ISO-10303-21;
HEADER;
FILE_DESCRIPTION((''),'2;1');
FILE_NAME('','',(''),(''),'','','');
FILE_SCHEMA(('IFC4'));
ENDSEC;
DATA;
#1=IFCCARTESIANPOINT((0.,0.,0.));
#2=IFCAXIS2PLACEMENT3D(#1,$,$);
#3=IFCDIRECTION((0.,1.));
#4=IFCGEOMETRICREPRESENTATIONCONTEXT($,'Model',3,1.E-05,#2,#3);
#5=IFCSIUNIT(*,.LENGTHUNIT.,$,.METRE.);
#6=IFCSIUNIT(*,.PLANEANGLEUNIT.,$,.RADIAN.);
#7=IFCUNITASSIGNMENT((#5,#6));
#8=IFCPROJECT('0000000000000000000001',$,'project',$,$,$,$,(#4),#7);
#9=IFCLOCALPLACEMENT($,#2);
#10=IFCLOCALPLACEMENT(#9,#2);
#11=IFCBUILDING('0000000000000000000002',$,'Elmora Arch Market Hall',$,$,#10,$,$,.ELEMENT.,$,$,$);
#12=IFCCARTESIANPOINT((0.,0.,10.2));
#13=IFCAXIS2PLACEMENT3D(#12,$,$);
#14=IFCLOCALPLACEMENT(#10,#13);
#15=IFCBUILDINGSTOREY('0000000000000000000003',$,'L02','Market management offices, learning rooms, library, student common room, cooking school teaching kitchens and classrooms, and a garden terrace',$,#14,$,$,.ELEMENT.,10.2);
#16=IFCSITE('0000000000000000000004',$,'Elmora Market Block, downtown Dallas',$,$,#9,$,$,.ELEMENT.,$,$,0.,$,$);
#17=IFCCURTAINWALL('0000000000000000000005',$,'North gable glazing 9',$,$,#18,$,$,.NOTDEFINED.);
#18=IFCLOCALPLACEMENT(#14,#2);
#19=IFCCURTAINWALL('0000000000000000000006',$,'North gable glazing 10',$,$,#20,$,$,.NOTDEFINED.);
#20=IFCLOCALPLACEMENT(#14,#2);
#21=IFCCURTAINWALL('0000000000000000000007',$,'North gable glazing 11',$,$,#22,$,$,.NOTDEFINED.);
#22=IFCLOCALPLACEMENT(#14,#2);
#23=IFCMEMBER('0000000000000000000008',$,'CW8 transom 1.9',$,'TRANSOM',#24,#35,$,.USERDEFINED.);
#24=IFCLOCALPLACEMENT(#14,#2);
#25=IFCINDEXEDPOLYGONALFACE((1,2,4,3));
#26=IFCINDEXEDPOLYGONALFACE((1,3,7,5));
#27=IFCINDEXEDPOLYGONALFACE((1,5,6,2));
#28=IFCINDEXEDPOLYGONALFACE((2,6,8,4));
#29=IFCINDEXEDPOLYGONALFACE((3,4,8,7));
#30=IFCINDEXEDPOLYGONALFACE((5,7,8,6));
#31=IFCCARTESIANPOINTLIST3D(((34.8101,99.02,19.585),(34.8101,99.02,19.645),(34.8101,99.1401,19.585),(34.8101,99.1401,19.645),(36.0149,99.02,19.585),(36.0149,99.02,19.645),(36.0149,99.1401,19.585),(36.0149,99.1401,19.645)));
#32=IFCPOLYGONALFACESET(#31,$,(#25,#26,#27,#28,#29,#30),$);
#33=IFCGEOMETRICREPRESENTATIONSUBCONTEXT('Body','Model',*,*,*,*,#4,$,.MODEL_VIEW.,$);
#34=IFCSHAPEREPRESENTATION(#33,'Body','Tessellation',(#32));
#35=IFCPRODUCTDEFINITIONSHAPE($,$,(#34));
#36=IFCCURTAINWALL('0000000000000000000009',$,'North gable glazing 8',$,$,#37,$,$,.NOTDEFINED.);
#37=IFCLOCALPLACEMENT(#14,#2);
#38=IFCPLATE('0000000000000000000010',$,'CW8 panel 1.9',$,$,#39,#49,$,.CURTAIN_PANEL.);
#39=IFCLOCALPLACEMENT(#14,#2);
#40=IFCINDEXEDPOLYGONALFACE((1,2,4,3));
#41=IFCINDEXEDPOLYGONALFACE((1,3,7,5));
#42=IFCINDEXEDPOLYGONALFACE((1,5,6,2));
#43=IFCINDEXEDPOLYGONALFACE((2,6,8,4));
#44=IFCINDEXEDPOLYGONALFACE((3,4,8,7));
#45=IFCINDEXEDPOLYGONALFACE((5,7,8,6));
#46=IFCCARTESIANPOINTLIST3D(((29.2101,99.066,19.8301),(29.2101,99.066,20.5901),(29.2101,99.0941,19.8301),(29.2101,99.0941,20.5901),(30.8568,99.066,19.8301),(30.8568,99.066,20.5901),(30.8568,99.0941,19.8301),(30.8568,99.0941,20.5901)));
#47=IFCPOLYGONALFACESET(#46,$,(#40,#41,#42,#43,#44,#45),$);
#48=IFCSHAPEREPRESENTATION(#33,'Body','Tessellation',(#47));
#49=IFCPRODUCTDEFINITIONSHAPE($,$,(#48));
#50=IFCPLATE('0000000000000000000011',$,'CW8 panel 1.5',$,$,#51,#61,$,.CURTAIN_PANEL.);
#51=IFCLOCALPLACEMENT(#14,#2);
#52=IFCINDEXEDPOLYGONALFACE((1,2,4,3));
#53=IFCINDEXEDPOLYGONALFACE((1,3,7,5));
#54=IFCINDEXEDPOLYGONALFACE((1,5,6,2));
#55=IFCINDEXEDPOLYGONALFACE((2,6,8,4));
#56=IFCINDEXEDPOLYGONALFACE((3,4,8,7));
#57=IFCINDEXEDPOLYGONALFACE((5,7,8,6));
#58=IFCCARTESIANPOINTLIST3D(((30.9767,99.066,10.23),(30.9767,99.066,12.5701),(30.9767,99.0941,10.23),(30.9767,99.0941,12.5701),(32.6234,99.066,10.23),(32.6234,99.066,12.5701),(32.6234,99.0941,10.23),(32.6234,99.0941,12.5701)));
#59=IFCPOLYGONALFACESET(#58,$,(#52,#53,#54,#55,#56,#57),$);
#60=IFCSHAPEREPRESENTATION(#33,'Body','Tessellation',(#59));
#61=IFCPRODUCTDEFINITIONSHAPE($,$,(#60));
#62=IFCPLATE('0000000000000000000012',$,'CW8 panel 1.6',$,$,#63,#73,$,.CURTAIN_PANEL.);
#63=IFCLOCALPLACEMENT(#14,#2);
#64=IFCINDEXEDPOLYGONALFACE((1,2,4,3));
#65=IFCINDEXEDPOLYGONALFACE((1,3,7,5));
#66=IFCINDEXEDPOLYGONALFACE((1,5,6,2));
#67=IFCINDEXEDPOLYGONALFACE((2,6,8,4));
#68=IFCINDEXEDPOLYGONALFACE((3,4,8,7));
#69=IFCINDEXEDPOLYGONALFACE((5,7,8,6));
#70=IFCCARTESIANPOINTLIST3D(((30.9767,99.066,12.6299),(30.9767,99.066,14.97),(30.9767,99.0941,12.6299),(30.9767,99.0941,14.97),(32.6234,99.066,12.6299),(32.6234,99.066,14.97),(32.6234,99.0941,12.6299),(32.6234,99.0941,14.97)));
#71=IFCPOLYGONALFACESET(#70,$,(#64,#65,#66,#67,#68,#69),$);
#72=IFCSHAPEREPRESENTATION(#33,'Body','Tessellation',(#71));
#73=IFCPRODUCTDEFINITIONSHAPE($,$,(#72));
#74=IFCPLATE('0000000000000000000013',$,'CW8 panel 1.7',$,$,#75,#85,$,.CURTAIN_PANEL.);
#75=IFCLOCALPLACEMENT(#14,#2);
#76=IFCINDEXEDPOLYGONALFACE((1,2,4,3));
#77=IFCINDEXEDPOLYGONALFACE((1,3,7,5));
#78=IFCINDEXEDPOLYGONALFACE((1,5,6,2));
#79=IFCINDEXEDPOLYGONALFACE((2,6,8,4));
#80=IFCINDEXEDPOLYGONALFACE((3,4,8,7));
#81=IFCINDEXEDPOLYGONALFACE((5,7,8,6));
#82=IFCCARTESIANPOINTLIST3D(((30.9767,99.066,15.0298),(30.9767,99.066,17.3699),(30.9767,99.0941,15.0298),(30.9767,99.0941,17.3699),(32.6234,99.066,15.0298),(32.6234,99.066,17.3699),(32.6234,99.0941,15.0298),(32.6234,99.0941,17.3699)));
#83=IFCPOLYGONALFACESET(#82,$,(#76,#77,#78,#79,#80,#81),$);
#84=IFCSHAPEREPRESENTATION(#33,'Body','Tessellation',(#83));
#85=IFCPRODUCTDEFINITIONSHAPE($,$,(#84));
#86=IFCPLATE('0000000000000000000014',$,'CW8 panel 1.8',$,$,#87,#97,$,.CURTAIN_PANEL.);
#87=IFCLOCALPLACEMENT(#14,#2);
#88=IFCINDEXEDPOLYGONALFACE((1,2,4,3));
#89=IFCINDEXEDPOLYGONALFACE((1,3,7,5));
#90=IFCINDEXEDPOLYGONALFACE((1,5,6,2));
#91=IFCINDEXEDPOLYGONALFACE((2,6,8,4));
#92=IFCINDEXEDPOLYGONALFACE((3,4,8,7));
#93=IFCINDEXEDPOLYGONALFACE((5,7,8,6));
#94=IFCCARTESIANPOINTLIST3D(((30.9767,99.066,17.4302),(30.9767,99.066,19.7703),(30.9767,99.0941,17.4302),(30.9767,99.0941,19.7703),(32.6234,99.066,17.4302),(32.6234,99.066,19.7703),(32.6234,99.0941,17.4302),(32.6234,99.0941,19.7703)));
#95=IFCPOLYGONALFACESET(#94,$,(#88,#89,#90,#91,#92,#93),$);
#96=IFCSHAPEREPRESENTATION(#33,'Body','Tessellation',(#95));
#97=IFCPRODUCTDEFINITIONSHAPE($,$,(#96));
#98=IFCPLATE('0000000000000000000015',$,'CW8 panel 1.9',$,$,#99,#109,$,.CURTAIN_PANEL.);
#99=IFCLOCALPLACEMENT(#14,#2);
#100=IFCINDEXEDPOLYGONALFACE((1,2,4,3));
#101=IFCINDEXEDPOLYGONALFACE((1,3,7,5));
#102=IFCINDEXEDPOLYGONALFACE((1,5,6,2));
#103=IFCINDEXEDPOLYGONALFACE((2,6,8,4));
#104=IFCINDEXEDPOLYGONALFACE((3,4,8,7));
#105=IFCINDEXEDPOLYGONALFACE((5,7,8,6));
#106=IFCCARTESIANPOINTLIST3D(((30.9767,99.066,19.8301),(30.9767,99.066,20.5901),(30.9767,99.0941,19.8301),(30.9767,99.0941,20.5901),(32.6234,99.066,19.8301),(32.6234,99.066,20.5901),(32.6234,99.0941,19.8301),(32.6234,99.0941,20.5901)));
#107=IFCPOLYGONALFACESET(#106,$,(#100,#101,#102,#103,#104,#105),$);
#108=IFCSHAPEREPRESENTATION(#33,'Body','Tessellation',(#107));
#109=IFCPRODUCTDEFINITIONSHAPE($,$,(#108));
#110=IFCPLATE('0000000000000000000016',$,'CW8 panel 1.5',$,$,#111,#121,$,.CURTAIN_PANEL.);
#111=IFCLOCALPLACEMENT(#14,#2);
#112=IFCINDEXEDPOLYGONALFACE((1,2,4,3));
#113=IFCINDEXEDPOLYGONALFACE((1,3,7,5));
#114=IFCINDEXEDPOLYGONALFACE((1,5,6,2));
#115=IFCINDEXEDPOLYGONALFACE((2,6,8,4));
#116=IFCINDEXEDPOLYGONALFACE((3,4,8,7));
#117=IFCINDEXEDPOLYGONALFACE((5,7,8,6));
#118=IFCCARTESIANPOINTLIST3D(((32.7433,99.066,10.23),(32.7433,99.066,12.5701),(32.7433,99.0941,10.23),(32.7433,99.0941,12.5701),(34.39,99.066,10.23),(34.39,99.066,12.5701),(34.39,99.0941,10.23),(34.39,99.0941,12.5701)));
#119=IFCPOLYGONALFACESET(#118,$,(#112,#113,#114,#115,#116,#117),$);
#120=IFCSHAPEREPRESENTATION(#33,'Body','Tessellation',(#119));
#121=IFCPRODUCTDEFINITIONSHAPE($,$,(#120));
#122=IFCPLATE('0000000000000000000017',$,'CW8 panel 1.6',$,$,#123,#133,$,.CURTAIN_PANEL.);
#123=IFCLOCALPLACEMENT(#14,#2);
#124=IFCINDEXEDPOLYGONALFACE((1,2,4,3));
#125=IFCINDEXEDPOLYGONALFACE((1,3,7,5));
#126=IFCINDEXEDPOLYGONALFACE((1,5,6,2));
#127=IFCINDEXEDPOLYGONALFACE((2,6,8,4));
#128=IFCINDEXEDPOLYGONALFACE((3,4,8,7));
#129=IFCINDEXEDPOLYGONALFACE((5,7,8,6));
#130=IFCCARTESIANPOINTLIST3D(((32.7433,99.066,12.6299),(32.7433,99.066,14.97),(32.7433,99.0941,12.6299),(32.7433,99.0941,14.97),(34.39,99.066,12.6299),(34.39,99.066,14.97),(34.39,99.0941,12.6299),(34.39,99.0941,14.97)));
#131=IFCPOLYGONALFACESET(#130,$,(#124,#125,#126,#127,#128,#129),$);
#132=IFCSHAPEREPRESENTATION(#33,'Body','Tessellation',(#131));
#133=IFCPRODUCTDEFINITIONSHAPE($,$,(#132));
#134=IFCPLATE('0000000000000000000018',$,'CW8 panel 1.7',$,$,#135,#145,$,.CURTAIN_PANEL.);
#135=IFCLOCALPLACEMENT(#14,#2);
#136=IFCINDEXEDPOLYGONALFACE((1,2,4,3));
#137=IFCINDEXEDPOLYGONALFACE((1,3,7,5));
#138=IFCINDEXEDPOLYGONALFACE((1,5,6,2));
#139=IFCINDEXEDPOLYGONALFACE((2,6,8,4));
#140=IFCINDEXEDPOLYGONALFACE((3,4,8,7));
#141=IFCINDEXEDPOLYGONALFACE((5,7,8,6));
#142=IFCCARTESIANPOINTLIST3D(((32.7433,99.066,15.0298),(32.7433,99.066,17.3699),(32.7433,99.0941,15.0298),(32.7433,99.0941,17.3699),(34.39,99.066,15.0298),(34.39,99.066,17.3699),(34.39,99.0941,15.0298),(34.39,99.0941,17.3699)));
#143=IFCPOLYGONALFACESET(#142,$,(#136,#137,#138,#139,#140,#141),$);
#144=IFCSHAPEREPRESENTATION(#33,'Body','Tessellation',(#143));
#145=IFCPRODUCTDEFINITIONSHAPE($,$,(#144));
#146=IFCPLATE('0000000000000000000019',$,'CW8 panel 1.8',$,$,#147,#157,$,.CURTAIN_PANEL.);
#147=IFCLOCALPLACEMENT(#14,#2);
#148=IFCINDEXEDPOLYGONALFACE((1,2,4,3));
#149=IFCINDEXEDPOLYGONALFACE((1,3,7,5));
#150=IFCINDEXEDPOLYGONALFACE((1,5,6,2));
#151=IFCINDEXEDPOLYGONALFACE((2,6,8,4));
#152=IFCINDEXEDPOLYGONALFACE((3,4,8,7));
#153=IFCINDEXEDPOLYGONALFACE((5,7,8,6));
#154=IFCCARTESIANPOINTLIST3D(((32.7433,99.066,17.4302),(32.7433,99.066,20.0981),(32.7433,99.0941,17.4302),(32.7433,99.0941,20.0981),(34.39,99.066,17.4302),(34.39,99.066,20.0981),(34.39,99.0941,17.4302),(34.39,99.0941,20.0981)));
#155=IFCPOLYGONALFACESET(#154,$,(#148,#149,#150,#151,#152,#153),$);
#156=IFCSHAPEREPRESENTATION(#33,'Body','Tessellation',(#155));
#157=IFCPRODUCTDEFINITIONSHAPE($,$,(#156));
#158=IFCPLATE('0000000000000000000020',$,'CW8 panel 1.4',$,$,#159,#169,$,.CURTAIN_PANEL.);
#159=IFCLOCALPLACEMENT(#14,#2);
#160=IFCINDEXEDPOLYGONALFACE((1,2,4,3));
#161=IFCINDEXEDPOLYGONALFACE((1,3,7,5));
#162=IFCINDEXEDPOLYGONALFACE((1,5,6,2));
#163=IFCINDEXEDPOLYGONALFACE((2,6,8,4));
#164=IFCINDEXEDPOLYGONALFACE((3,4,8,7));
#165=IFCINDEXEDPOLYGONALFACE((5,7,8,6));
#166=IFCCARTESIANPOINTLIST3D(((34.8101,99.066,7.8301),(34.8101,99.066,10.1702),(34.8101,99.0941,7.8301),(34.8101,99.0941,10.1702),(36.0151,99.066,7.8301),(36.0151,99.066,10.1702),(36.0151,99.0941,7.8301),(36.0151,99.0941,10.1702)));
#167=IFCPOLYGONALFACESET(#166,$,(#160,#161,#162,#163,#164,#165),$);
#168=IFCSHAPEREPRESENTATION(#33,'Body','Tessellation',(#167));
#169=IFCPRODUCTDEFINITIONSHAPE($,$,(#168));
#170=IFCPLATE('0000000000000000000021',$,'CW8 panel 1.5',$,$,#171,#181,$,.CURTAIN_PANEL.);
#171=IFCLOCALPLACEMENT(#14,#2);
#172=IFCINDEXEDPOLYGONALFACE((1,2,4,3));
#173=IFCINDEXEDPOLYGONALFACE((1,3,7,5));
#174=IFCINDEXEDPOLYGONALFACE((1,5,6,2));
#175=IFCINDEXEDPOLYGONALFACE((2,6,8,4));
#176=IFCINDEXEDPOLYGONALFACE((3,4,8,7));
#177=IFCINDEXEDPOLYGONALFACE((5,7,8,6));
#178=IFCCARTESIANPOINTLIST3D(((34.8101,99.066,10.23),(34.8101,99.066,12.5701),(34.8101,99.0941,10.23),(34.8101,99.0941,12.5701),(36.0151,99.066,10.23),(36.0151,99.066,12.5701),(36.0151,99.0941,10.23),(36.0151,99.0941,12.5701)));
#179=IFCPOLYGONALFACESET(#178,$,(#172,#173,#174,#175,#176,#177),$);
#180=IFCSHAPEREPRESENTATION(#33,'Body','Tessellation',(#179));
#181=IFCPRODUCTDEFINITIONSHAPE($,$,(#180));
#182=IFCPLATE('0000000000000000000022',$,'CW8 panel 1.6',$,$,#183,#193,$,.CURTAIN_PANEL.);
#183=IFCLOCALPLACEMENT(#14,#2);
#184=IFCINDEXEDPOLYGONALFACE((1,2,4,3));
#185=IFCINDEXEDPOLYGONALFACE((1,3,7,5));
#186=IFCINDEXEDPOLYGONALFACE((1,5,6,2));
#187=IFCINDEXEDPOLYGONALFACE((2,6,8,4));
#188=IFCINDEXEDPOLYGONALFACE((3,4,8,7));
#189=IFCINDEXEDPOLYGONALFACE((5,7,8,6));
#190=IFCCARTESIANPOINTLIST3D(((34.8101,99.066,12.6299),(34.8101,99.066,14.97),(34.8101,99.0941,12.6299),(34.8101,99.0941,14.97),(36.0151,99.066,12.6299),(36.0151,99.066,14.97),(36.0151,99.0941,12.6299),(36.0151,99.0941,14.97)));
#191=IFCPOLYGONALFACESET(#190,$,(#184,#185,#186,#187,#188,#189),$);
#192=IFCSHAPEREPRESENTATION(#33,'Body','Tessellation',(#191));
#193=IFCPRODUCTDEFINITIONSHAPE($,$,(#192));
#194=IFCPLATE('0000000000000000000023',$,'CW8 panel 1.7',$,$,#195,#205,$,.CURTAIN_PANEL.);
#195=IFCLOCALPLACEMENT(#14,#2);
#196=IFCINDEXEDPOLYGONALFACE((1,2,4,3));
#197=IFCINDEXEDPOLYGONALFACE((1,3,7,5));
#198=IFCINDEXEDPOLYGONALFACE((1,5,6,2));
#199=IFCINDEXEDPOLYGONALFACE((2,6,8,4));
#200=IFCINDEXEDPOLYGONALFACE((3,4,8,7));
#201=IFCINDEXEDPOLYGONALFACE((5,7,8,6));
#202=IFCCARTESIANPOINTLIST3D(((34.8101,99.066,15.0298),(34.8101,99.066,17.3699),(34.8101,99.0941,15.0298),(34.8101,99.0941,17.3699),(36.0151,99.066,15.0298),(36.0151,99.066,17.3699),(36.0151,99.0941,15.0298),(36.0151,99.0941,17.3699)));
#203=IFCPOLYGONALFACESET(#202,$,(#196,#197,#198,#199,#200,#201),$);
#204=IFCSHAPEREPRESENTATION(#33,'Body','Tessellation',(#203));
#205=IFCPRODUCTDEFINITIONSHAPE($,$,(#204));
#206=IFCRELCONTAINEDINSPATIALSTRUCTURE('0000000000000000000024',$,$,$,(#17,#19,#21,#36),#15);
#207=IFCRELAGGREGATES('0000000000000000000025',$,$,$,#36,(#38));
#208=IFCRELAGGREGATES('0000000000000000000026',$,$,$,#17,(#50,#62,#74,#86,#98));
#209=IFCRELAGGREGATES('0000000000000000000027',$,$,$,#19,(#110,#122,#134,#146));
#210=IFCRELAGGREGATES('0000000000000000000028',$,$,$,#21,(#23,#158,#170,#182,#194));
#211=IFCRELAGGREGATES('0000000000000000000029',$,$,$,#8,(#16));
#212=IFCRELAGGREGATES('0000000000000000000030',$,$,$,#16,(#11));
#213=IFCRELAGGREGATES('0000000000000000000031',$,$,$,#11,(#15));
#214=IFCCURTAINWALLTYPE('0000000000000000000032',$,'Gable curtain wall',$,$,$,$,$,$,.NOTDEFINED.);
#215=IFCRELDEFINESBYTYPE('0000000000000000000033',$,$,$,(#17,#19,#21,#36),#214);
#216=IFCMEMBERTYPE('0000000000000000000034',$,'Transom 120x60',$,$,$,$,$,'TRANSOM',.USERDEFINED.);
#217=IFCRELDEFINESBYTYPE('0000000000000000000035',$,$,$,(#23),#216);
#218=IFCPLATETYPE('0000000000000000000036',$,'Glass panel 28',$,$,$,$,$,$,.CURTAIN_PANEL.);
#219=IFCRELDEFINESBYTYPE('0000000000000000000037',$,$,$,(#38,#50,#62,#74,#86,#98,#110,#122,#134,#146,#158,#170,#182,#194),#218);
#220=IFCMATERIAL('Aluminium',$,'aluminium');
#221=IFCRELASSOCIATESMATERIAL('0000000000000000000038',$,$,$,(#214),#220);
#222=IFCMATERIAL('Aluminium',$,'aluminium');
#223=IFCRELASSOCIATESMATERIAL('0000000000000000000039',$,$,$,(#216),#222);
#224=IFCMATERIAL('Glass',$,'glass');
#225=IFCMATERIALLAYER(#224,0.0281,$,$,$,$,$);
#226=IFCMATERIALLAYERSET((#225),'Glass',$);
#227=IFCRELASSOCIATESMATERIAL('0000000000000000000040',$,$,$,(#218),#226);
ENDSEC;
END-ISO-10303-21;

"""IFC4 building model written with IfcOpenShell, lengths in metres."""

from ifc_helpers import new_model, si_unit, direction, frame, origin, origin_2d, place, context, subcontext, project, spatial, rectangle, extrude, material, layer, layer_set, material_profile, profile_set, type_object, element, aggregate, save


model = new_model("IFC4")

# Units and contexts
model_context = context("Model", 3, precision=1e-05, world=origin(), true_north=direction((0.0, 1.0)))
body_context = subcontext(model_context, "Body", "Model", "MODEL_VIEW")
ifc_project = project(units=[si_unit("LENGTHUNIT", "METRE"), si_unit("PLANEANGLEUNIT", "RADIAN")], contexts=[model_context])

# Site, building, storey
site_placement = place(None, origin())
site = spatial("IfcSite", under=ifc_project, at=site_placement, Name="Elmora Market Block, downtown Dallas", CompositionType="ELEMENT", RefElevation=0.0)
building_placement = place(site_placement, origin())
building = spatial("IfcBuilding", under=site, at=building_placement, Name="Elmora Arch Market Hall", CompositionType="ELEMENT")
storey_placement = place(building_placement, frame((0.0, 0.0, 10.2)))
storey = spatial("IfcBuildingStorey", under=building, at=storey_placement, Name="L02", Description="Market management offices, learning rooms, library, student common room, cooking school teaching kitchens and classrooms, and a garden terrace", CompositionType="ELEMENT", Elevation=10.2)

# Curtain walls, member
ifc_material_1 = material(Name="Aluminium", Category="aluminium")
curtain_wall_type = type_object("IfcCurtainWallType", Name="Gable curtain wall", PredefinedType="NOTDEFINED", material=ifc_material_1)
curtain_wall_1_placement = place(storey_placement, origin())
curtain_wall_1 = element("IfcCurtainWall", 1, at=curtain_wall_1_placement, inside=storey, type_object=curtain_wall_type, Name="North gable glazing 9", PredefinedType="NOTDEFINED")
ifc_material_2 = material(Name="Aluminium", Category="aluminium")
ifc_material_profile = material_profile(ifc_material_2, rectangle(XDim=0.1201, YDim=0.0601, at=origin_2d()), Name="AL 120x60")
ifc_profile_set = profile_set([ifc_material_profile], Name="Aluminium")
member_type = type_object("IfcMemberType", Name="Transom 120x60", ElementType="TRANSOM", PredefinedType="USERDEFINED", material=ifc_profile_set)
curtain_wall_2_placement = place(storey_placement, origin())
curtain_wall_2 = element("IfcCurtainWall", 2, at=curtain_wall_2_placement, inside=storey, type_object=curtain_wall_type, Name="North gable glazing 10", PredefinedType="NOTDEFINED")
curtain_wall_3_placement = place(storey_placement, origin())
curtain_wall_3 = element("IfcCurtainWall", 3, at=curtain_wall_3_placement, inside=storey, type_object=curtain_wall_type, Name="North gable glazing 11", PredefinedType="NOTDEFINED")
member_1_placement = place(storey_placement, frame((34.8101, 99.0801, 19.615), z_axis=(1.0, 0.0, 0.0), x_axis=(0.0, 1.0, 0.0)))
member_1 = element("IfcMember", 4, at=member_1_placement, type_object=member_type, Name="CW8 transom 1.9", ObjectType="TRANSOM", PredefinedType="USERDEFINED", context=body_context, shape_type="SweptSolid", body=[
    extrude(rectangle(XDim=0.1201, YDim=0.0601, at=origin_2d()), origin(), (0.0, 0.0, 1.0), 1.2048),
])

# Curtain wall, plate
curtain_wall_4_placement = place(storey_placement, origin())
curtain_wall_4 = element("IfcCurtainWall", 5, at=curtain_wall_4_placement, inside=storey, type_object=curtain_wall_type, Name="North gable glazing 8", PredefinedType="NOTDEFINED")
ifc_material_3 = material(Name="Glass", Category="glass")
ifc_layer = layer(ifc_material_3, 0.0281)
ifc_layer_set = layer_set([ifc_layer], Name="Glass")
plate_type = type_object("IfcPlateType", Name="Glass panel 28", PredefinedType="CURTAIN_PANEL", material=ifc_layer_set)
plate_1_placement = place(storey_placement, frame((30.0334, 99.0801, 19.8301), z_axis=(0.0, 0.0, 1.0), x_axis=(1.0, 0.0, 0.0)))
plate_1 = element("IfcPlate", 6, at=plate_1_placement, type_object=plate_type, Name="CW8 panel 1.9", PredefinedType="CURTAIN_PANEL", context=body_context, shape_type="SweptSolid", body=[
    extrude(rectangle(XDim=1.6467, YDim=0.0281, at=origin_2d()), origin(), (0.0, 0.0, 1.0), 0.76),
])
aggregate(curtain_wall_4, [plate_1])

# Plates
plate_2_placement = place(storey_placement, frame((31.8, 99.0801, 10.23), z_axis=(0.0, 0.0, 1.0), x_axis=(1.0, 0.0, 0.0)))
plate_2 = element("IfcPlate", 7, at=plate_2_placement, type_object=plate_type, Name="CW8 panel 1.5", PredefinedType="CURTAIN_PANEL", context=body_context, shape_type="SweptSolid", body=[
    extrude(rectangle(XDim=1.6467, YDim=0.0281, at=origin_2d()), origin(), (0.0, 0.0, 1.0), 2.3401),
])
plate_3_placement = place(storey_placement, frame((31.8, 99.0801, 12.6299), z_axis=(0.0, 0.0, 1.0), x_axis=(1.0, 0.0, 0.0)))
plate_3 = element("IfcPlate", 8, at=plate_3_placement, type_object=plate_type, Name="CW8 panel 1.6", PredefinedType="CURTAIN_PANEL", context=body_context, shape_type="SweptSolid", body=[
    extrude(rectangle(XDim=1.6467, YDim=0.0281, at=origin_2d()), origin(), (0.0, 0.0, 1.0), 2.3401),
])
plate_4_placement = place(storey_placement, frame((31.8, 99.0801, 15.0298), z_axis=(0.0, 0.0, 1.0), x_axis=(1.0, 0.0, 0.0)))
plate_4 = element("IfcPlate", 9, at=plate_4_placement, type_object=plate_type, Name="CW8 panel 1.7", PredefinedType="CURTAIN_PANEL", context=body_context, shape_type="SweptSolid", body=[
    extrude(rectangle(XDim=1.6467, YDim=0.0281, at=origin_2d()), origin(), (0.0, 0.0, 1.0), 2.3401),
])
plate_5_placement = place(storey_placement, frame((31.8, 99.0801, 17.4302), z_axis=(0.0, 0.0, 1.0), x_axis=(1.0, 0.0, 0.0)))
plate_5 = element("IfcPlate", 10, at=plate_5_placement, type_object=plate_type, Name="CW8 panel 1.8", PredefinedType="CURTAIN_PANEL", context=body_context, shape_type="SweptSolid", body=[
    extrude(rectangle(XDim=1.6467, YDim=0.0281, at=origin_2d()), origin(), (0.0, 0.0, 1.0), 2.3401),
])
plate_6_placement = place(storey_placement, frame((31.8, 99.0801, 19.8301), z_axis=(0.0, 0.0, 1.0), x_axis=(1.0, 0.0, 0.0)))
plate_6 = element("IfcPlate", 11, at=plate_6_placement, type_object=plate_type, Name="CW8 panel 1.9", PredefinedType="CURTAIN_PANEL", context=body_context, shape_type="SweptSolid", body=[
    extrude(rectangle(XDim=1.6467, YDim=0.0281, at=origin_2d()), origin(), (0.0, 0.0, 1.0), 0.76),
])
aggregate(curtain_wall_1, [plate_2, plate_3, plate_4, plate_5, plate_6])
plate_7_placement = place(storey_placement, frame((33.5667, 99.0801, 10.23), z_axis=(0.0, 0.0, 1.0), x_axis=(1.0, 0.0, 0.0)))
plate_7 = element("IfcPlate", 12, at=plate_7_placement, type_object=plate_type, Name="CW8 panel 1.5", PredefinedType="CURTAIN_PANEL", context=body_context, shape_type="SweptSolid", body=[
    extrude(rectangle(XDim=1.6467, YDim=0.0281, at=origin_2d()), origin(), (0.0, 0.0, 1.0), 2.3401),
])
plate_8_placement = place(storey_placement, frame((33.5667, 99.0801, 12.6299), z_axis=(0.0, 0.0, 1.0), x_axis=(1.0, 0.0, 0.0)))
plate_8 = element("IfcPlate", 13, at=plate_8_placement, type_object=plate_type, Name="CW8 panel 1.6", PredefinedType="CURTAIN_PANEL", context=body_context, shape_type="SweptSolid", body=[
    extrude(rectangle(XDim=1.6467, YDim=0.0281, at=origin_2d()), origin(), (0.0, 0.0, 1.0), 2.3401),
])
plate_9_placement = place(storey_placement, frame((33.5667, 99.0801, 15.0298), z_axis=(0.0, 0.0, 1.0), x_axis=(1.0, 0.0, 0.0)))
plate_9 = element("IfcPlate", 14, at=plate_9_placement, type_object=plate_type, Name="CW8 panel 1.7", PredefinedType="CURTAIN_PANEL", context=body_context, shape_type="SweptSolid", body=[
    extrude(rectangle(XDim=1.6467, YDim=0.0281, at=origin_2d()), origin(), (0.0, 0.0, 1.0), 2.3401),
])
plate_10_placement = place(storey_placement, frame((33.5667, 99.0801, 17.4302), z_axis=(0.0, 0.0, 1.0), x_axis=(1.0, 0.0, 0.0)))
plate_10 = element("IfcPlate", 15, at=plate_10_placement, type_object=plate_type, Name="CW8 panel 1.8", PredefinedType="CURTAIN_PANEL", context=body_context, shape_type="SweptSolid", body=[
    extrude(rectangle(XDim=1.6467, YDim=0.0281, at=origin_2d()), origin(), (0.0, 0.0, 1.0), 2.668),
])
aggregate(curtain_wall_2, [plate_7, plate_8, plate_9, plate_10])
plate_11_placement = place(storey_placement, frame((35.4126, 99.0801, 7.8301), z_axis=(0.0, 0.0, 1.0), x_axis=(1.0, 0.0, 0.0)))
plate_11 = element("IfcPlate", 16, at=plate_11_placement, type_object=plate_type, Name="CW8 panel 1.4", PredefinedType="CURTAIN_PANEL", context=body_context, shape_type="SweptSolid", body=[
    extrude(rectangle(XDim=1.2051, YDim=0.0281, at=origin_2d()), origin(), (0.0, 0.0, 1.0), 2.3401),
])
plate_12_placement = place(storey_placement, frame((35.4126, 99.0801, 10.23), z_axis=(0.0, 0.0, 1.0), x_axis=(1.0, 0.0, 0.0)))
plate_12 = element("IfcPlate", 17, at=plate_12_placement, type_object=plate_type, Name="CW8 panel 1.5", PredefinedType="CURTAIN_PANEL", context=body_context, shape_type="SweptSolid", body=[
    extrude(rectangle(XDim=1.2051, YDim=0.0281, at=origin_2d()), origin(), (0.0, 0.0, 1.0), 2.3401),
])
plate_13_placement = place(storey_placement, frame((35.4126, 99.0801, 12.6299), z_axis=(0.0, 0.0, 1.0), x_axis=(1.0, 0.0, 0.0)))
plate_13 = element("IfcPlate", 18, at=plate_13_placement, type_object=plate_type, Name="CW8 panel 1.6", PredefinedType="CURTAIN_PANEL", context=body_context, shape_type="SweptSolid", body=[
    extrude(rectangle(XDim=1.2051, YDim=0.0281, at=origin_2d()), origin(), (0.0, 0.0, 1.0), 2.3401),
])
plate_14_placement = place(storey_placement, frame((35.4126, 99.0801, 15.0298), z_axis=(0.0, 0.0, 1.0), x_axis=(1.0, 0.0, 0.0)))
plate_14 = element("IfcPlate", 19, at=plate_14_placement, type_object=plate_type, Name="CW8 panel 1.7", PredefinedType="CURTAIN_PANEL", context=body_context, shape_type="SweptSolid", body=[
    extrude(rectangle(XDim=1.2051, YDim=0.0281, at=origin_2d()), origin(), (0.0, 0.0, 1.0), 2.3401),
])
aggregate(curtain_wall_3, [member_1, plate_11, plate_12, plate_13, plate_14])

save(model, "model.ifc")
